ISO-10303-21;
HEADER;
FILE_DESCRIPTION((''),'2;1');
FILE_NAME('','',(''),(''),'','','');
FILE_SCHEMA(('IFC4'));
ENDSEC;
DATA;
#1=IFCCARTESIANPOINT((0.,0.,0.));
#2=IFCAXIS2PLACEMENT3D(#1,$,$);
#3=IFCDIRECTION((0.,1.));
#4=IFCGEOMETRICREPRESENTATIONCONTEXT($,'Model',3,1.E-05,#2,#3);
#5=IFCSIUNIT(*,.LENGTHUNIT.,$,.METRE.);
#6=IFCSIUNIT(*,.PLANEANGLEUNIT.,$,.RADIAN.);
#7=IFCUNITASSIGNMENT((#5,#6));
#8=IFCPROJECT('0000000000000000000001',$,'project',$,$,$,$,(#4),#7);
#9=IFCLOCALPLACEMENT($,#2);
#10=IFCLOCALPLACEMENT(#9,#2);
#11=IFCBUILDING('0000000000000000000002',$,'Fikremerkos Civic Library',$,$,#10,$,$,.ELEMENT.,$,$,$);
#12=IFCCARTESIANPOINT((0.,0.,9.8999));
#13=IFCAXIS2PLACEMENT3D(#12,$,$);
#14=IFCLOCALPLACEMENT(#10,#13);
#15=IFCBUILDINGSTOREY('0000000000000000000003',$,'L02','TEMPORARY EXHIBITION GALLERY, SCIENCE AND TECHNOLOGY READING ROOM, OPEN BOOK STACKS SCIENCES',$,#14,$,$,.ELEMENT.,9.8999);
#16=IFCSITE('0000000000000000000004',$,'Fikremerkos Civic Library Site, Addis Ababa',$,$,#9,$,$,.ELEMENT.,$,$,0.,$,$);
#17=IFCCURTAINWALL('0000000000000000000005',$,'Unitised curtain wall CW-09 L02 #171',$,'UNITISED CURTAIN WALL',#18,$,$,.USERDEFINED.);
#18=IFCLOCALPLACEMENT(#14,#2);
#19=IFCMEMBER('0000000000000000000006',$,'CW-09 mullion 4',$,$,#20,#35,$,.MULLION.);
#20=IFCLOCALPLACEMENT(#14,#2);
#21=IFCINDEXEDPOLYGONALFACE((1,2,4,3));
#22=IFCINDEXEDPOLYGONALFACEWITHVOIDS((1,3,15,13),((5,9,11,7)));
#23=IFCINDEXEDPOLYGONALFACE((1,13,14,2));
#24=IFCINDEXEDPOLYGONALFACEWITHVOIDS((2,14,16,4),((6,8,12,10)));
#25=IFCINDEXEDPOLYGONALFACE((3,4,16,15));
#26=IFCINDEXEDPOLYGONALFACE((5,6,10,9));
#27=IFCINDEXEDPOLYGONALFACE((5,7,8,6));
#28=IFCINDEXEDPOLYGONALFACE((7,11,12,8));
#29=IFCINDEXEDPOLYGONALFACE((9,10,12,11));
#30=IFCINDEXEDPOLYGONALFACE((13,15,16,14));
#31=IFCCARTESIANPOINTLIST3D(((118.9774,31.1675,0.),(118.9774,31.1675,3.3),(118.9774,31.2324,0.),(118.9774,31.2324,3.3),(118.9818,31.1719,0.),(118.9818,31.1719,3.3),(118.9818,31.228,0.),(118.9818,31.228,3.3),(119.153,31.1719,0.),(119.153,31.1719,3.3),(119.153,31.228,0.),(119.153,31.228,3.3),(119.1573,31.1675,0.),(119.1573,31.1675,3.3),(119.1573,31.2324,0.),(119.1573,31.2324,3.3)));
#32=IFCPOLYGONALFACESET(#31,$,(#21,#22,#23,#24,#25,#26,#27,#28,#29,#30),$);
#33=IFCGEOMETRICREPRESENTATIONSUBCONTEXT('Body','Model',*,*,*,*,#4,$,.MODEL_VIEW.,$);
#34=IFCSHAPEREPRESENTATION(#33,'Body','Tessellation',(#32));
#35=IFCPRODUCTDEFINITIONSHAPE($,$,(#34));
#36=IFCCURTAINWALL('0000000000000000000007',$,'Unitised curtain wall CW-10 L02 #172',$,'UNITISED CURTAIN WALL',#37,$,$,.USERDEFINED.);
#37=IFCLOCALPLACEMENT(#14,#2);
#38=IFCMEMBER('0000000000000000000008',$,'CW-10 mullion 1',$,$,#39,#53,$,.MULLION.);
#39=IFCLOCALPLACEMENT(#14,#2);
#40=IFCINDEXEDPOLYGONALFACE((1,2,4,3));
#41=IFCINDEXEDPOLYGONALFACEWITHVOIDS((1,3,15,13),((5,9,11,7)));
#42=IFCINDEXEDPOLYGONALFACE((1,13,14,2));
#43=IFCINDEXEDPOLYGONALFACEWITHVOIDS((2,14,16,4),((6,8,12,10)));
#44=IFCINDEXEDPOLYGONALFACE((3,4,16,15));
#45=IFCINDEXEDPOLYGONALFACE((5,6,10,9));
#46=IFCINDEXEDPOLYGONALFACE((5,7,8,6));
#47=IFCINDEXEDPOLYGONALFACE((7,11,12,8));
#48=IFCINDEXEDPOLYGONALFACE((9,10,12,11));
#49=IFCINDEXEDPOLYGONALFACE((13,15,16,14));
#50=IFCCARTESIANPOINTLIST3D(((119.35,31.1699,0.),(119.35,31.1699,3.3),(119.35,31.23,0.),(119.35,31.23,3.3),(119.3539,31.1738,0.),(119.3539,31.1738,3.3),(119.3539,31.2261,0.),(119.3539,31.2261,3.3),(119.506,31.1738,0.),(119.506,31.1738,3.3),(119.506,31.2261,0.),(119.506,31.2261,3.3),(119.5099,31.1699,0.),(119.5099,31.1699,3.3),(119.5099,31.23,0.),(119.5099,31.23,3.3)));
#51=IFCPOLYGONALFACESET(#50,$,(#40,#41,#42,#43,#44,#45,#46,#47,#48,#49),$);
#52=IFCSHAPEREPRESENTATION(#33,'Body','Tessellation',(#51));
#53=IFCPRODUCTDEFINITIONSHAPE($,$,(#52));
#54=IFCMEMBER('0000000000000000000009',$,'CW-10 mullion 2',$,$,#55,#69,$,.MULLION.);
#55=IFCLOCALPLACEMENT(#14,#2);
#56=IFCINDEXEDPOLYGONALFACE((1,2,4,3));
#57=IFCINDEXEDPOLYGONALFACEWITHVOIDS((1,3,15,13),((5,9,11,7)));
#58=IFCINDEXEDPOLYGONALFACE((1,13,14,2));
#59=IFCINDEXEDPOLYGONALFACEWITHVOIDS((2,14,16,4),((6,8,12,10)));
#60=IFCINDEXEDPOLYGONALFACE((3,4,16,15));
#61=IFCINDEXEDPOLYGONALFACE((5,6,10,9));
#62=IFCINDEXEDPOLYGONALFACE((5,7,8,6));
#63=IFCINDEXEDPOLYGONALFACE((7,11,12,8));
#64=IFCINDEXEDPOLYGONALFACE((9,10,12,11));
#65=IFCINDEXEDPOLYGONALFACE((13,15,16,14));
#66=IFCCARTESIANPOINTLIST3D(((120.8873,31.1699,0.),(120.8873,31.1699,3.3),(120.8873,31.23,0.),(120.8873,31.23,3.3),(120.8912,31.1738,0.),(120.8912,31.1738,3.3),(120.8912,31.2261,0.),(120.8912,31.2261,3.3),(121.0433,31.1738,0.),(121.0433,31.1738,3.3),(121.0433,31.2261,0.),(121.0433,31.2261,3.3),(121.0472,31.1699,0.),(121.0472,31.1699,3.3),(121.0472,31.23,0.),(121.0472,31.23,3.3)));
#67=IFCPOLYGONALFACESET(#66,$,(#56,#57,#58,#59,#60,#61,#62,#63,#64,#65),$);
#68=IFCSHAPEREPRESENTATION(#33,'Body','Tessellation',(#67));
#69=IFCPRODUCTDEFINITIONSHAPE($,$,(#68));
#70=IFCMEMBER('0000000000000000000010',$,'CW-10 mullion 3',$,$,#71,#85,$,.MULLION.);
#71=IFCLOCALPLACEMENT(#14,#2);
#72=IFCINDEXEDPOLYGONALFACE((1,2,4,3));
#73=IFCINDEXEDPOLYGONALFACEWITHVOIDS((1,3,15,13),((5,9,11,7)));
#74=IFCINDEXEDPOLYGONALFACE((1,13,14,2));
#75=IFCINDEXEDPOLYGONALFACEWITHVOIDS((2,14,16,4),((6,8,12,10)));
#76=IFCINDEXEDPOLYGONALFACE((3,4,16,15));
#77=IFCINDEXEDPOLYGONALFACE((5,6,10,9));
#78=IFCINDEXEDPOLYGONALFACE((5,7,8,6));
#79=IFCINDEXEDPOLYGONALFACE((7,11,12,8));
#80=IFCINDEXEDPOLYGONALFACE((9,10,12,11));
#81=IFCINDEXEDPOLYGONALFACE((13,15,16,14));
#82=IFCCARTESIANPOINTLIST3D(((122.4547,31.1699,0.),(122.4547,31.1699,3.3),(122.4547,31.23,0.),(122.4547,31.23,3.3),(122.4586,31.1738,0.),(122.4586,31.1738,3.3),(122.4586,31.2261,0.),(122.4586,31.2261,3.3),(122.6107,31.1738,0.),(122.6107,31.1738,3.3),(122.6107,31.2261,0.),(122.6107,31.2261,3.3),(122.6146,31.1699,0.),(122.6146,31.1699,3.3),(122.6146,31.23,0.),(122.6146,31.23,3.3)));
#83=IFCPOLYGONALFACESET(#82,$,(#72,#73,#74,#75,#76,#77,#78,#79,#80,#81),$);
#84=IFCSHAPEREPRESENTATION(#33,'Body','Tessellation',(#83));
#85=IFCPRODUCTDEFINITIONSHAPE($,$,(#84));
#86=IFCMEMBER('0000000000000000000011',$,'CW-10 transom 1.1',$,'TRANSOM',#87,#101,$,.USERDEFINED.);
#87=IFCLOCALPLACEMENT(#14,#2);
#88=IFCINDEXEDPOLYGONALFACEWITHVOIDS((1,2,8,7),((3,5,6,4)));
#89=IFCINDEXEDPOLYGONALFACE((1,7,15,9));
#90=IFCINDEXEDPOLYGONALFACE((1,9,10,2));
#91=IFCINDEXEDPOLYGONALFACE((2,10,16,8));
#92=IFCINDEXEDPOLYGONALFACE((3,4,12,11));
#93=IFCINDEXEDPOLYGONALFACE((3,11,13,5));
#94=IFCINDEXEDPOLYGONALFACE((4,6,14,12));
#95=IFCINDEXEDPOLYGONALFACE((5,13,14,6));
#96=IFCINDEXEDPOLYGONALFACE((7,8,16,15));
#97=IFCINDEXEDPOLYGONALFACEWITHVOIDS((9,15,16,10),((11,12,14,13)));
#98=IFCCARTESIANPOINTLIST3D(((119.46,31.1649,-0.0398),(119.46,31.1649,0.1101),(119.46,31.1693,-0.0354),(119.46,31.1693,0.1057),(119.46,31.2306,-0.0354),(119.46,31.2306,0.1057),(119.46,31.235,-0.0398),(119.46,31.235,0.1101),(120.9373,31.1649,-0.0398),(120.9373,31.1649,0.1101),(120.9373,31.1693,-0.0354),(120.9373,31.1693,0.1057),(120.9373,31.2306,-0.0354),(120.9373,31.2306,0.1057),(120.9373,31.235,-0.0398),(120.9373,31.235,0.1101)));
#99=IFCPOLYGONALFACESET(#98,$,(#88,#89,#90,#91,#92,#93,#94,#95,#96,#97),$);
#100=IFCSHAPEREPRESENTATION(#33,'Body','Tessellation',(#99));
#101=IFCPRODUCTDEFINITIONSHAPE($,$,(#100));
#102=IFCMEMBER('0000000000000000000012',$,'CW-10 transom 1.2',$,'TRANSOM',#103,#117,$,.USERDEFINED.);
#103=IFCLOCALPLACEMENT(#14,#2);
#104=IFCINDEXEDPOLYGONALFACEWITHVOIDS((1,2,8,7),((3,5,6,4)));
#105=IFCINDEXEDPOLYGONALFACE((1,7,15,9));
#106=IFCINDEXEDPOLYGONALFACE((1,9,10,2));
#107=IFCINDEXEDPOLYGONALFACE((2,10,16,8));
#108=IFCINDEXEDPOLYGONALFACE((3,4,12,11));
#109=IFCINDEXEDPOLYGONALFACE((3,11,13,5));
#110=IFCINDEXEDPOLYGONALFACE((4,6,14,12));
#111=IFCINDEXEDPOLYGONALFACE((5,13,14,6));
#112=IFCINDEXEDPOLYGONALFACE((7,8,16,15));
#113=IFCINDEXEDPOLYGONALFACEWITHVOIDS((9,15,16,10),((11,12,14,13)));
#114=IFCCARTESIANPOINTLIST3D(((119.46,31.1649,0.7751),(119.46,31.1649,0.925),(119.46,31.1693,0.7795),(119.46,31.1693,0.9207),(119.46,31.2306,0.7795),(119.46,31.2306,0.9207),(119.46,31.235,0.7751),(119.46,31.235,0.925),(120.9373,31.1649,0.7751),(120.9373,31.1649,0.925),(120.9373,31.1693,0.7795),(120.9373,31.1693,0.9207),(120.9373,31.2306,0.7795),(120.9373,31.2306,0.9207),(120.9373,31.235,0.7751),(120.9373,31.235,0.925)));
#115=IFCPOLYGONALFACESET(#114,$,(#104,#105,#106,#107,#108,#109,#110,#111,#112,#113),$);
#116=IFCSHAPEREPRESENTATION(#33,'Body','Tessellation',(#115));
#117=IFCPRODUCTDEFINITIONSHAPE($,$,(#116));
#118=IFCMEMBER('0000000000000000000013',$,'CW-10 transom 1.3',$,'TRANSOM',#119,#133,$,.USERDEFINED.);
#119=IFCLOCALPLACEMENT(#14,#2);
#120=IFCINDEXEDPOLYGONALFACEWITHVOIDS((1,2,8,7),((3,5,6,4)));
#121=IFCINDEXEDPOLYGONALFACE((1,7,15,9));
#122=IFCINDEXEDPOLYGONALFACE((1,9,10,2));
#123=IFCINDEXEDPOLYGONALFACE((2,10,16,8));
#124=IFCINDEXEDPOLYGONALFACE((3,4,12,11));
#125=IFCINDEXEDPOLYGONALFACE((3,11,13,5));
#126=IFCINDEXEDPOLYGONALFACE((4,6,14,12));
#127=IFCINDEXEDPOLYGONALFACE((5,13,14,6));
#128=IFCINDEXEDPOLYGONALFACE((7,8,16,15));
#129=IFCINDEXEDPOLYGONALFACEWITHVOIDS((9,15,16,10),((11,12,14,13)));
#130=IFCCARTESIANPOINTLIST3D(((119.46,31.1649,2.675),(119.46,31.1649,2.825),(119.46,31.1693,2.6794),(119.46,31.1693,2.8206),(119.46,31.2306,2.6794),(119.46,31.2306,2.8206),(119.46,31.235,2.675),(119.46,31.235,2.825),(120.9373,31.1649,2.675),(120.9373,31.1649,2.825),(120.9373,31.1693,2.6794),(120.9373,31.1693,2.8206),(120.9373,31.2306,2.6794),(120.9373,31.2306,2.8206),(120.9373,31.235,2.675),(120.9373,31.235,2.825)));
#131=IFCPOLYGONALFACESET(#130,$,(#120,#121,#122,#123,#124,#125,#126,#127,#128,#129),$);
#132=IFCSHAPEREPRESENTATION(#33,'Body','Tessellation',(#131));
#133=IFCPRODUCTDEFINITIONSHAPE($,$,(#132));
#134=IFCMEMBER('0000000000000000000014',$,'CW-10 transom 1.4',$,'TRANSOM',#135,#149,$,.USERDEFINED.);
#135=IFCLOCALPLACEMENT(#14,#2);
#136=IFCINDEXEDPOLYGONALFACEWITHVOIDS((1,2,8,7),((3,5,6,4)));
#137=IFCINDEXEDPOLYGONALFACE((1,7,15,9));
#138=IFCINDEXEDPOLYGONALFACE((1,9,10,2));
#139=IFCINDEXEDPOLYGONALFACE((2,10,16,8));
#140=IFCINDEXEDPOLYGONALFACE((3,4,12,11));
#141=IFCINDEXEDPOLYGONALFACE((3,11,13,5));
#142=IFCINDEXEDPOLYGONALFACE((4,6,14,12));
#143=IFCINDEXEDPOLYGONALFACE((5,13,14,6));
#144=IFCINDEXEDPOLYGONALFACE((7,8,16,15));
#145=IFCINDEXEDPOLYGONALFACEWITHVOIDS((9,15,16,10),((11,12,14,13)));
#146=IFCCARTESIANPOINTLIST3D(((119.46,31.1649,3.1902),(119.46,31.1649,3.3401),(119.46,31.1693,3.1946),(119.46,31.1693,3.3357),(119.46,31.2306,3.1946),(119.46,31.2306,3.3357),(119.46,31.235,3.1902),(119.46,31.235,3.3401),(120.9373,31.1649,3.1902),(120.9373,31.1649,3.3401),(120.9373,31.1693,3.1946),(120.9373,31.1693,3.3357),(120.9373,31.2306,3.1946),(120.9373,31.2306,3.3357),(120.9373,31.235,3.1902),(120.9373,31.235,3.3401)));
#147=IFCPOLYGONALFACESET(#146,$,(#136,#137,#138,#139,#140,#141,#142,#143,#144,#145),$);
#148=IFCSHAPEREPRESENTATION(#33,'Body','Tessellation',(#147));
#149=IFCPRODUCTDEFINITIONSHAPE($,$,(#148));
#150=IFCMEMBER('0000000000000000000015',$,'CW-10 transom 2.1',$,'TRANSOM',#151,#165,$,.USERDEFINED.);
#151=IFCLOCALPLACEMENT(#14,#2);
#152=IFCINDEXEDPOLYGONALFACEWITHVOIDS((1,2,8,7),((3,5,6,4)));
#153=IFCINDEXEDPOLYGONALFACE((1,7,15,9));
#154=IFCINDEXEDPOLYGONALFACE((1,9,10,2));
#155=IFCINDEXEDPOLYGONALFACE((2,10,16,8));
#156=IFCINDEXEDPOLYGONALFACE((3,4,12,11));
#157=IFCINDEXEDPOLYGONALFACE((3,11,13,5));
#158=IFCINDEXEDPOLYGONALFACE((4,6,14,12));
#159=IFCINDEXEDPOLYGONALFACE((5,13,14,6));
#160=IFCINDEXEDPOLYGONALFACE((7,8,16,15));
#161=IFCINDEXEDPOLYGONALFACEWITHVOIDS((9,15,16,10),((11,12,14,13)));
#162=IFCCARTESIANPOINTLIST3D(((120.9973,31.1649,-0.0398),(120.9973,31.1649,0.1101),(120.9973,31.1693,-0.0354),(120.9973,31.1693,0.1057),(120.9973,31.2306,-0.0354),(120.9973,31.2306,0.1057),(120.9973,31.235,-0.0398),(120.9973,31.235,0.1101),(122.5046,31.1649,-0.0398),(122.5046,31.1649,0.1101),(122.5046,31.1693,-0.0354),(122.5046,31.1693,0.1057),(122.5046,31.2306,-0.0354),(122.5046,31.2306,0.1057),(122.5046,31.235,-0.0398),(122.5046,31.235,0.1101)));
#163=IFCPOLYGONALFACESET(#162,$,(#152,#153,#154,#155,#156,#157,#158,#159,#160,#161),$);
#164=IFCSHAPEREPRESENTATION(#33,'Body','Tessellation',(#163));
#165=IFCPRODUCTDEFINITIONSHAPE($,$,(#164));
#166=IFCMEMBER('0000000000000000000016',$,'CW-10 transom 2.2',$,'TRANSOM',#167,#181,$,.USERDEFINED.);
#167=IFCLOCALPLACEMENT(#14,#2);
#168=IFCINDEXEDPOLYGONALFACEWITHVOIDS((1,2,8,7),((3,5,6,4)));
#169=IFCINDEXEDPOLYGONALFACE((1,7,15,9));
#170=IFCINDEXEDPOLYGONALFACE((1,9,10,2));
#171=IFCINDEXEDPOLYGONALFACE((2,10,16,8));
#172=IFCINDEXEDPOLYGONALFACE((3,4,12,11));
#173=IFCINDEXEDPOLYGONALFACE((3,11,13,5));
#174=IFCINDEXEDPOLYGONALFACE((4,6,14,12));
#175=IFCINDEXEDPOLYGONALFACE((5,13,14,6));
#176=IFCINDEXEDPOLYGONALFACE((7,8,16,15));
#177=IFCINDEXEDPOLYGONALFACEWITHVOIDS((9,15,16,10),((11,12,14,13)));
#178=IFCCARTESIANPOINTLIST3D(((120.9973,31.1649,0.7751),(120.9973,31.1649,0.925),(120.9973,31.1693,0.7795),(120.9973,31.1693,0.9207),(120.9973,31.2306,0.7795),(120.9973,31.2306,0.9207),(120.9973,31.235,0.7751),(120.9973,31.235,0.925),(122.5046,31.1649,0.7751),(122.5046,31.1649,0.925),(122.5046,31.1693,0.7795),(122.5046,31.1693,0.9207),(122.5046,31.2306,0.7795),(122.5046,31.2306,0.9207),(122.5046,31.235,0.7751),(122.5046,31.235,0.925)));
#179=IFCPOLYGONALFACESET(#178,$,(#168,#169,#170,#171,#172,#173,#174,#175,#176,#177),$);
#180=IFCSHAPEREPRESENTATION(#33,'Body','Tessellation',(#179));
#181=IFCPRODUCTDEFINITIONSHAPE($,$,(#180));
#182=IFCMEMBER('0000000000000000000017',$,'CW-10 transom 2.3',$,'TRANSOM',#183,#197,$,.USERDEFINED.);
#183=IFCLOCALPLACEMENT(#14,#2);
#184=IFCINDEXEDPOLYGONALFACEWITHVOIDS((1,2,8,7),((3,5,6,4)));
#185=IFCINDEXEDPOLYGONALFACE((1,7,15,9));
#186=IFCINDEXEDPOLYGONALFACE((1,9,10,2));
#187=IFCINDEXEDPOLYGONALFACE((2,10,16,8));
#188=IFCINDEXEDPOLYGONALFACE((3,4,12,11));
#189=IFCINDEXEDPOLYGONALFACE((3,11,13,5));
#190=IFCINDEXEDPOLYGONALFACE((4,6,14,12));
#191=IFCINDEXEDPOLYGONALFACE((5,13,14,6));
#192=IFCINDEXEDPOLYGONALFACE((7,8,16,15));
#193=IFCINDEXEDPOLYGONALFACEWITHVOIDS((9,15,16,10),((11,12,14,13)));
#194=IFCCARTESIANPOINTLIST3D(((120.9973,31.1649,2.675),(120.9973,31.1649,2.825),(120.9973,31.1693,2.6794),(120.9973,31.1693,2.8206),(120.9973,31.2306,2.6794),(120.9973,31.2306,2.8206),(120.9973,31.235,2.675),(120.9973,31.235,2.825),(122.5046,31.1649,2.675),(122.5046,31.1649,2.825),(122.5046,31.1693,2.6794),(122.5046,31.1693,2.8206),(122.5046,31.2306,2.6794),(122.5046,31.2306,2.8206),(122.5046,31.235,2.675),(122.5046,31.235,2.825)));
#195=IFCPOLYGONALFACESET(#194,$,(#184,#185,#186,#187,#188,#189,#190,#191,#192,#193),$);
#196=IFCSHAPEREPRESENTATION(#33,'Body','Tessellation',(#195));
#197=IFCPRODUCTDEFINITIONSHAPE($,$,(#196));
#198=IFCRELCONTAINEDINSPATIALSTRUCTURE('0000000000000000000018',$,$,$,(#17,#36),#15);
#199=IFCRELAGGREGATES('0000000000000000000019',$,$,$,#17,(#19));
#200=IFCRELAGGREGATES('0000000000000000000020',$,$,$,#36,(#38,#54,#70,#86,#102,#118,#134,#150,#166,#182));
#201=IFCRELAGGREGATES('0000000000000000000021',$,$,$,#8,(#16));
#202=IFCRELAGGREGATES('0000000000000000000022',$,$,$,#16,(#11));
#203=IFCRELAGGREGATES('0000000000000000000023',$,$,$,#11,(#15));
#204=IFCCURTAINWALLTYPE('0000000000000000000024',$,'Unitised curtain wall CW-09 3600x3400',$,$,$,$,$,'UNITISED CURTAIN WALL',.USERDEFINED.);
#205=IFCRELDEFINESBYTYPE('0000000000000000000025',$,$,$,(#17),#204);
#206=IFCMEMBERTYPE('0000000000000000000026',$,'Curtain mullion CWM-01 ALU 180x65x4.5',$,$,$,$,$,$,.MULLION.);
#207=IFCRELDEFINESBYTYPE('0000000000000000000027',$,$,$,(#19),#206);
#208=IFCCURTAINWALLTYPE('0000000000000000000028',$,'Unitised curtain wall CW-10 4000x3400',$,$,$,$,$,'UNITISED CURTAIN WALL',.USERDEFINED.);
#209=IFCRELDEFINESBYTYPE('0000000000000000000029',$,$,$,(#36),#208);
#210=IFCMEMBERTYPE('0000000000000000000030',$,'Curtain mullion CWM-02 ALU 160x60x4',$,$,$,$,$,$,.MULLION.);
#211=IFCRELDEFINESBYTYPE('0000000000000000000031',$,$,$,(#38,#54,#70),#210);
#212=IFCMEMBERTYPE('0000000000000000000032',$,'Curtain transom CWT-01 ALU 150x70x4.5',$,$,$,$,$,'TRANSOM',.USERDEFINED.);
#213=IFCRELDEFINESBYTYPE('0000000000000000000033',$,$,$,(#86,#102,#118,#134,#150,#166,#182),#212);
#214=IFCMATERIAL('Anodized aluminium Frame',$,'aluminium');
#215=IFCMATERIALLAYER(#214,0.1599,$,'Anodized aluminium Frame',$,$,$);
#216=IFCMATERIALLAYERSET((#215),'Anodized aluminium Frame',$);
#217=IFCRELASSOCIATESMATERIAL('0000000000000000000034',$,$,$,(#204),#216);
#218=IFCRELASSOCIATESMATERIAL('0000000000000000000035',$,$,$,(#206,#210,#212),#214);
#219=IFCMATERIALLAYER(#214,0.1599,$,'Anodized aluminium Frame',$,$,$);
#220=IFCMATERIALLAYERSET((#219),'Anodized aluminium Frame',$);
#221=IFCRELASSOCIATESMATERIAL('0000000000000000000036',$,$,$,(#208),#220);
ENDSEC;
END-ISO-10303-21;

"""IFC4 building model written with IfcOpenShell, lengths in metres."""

from ifc_helpers import new_model, si_unit, direction, frame, origin, origin_2d, place, context, subcontext, project, spatial, hollow_rectangle, extrude, material, layer, layer_set, material_profile, profile_set, type_object, element, aggregate, save


model = new_model("IFC4")

# Units and contexts
model_context = context("Model", 3, precision=1e-05, world=origin(), true_north=direction((0.0, 1.0)))
body_context = subcontext(model_context, "Body", "Model", "MODEL_VIEW")
ifc_project = project(units=[si_unit("LENGTHUNIT", "METRE"), si_unit("PLANEANGLEUNIT", "RADIAN")], contexts=[model_context])

# Site, building, storey
site_placement = place(None, origin())
site = spatial("IfcSite", under=ifc_project, at=site_placement, Name="Fikremerkos Civic Library Site, Addis Ababa", CompositionType="ELEMENT", RefElevation=0.0)
building_placement = place(site_placement, origin())
building = spatial("IfcBuilding", under=site, at=building_placement, Name="Fikremerkos Civic Library", CompositionType="ELEMENT")
storey_placement = place(building_placement, frame((0.0, 0.0, 9.8999)))
storey = spatial("IfcBuildingStorey", under=building, at=storey_placement, Name="L02", Description="TEMPORARY EXHIBITION GALLERY, SCIENCE AND TECHNOLOGY READING ROOM, OPEN BOOK STACKS SCIENCES", CompositionType="ELEMENT", Elevation=9.8999)

# Curtain wall, member
ifc_material_1 = material(Name="Anodized aluminium Frame", Category="aluminium")
ifc_layer_1 = layer(ifc_material_1, 0.1599, Name="Anodized aluminium Frame")
ifc_layer_set_1 = layer_set([ifc_layer_1], Name="Anodized aluminium Frame")
curtain_wall_type_1 = type_object("IfcCurtainWallType", Name="Unitised curtain wall CW-09 3600x3400", ElementType="UNITISED CURTAIN WALL", PredefinedType="USERDEFINED", material=ifc_layer_set_1)
curtain_wall_1_placement = place(storey_placement, origin())
curtain_wall_1 = element("IfcCurtainWall", 1, at=curtain_wall_1_placement, inside=storey, type_object=curtain_wall_type_1, Name="Unitised curtain wall CW-09 L02 #171", ObjectType="UNITISED CURTAIN WALL", PredefinedType="USERDEFINED")
ifc_material_profile_1 = material_profile(ifc_material_1, hollow_rectangle(XDim=0.0649, YDim=0.1799, WallThickness=0.0044, at=origin_2d()), Name="ALU 180x65x4.5")
ifc_profile_set_1 = profile_set([ifc_material_profile_1], Name="Anodized aluminium Frame")
member_type_1 = type_object("IfcMemberType", Name="Curtain mullion CWM-01 ALU 180x65x4.5", PredefinedType="MULLION", material=ifc_profile_set_1)
member_1_placement = place(storey_placement, frame((119.0674, 31.2, 0.0), z_axis=(0.0, 0.0, 1.0), x_axis=(0.0, 1.0, 0.0)))
member_1 = element("IfcMember", 2, at=member_1_placement, type_object=member_type_1, Name="CW-09 mullion 4", PredefinedType="MULLION", context=body_context, shape_type="SweptSolid", body=[
    extrude(hollow_rectangle(XDim=0.0649, YDim=0.1799, WallThickness=0.0044, at=origin_2d()), origin(), (0.0, 0.0, 1.0), 3.3),
])

# Curtain wall, members
ifc_layer_2 = layer(ifc_material_1, 0.1599, Name="Anodized aluminium Frame")
ifc_layer_set_2 = layer_set([ifc_layer_2], Name="Anodized aluminium Frame")
curtain_wall_type_2 = type_object("IfcCurtainWallType", Name="Unitised curtain wall CW-10 4000x3400", ElementType="UNITISED CURTAIN WALL", PredefinedType="USERDEFINED", material=ifc_layer_set_2)
curtain_wall_2_placement = place(storey_placement, origin())
curtain_wall_2 = element("IfcCurtainWall", 3, at=curtain_wall_2_placement, inside=storey, type_object=curtain_wall_type_2, Name="Unitised curtain wall CW-10 L02 #172", ObjectType="UNITISED CURTAIN WALL", PredefinedType="USERDEFINED")
ifc_material_profile_2 = material_profile(ifc_material_1, hollow_rectangle(XDim=0.0601, YDim=0.1599, WallThickness=0.0039, at=origin_2d()), Name="ALU 160x60x4")
ifc_profile_set_2 = profile_set([ifc_material_profile_2], Name="Anodized aluminium Frame")
member_type_2 = type_object("IfcMemberType", Name="Curtain mullion CWM-02 ALU 160x60x4", PredefinedType="MULLION", material=ifc_profile_set_2)
member_2_placement = place(storey_placement, frame((119.4299, 31.2, 0.0), z_axis=(0.0, 0.0, 1.0), x_axis=(0.0, 1.0, 0.0)))
member_2 = element("IfcMember", 4, at=member_2_placement, type_object=member_type_2, Name="CW-10 mullion 1", PredefinedType="MULLION", context=body_context, shape_type="SweptSolid", body=[
    extrude(hollow_rectangle(XDim=0.0601, YDim=0.1599, WallThickness=0.0039, at=origin_2d()), origin(), (0.0, 0.0, 1.0), 3.3),
])
member_3_placement = place(storey_placement, frame((120.9673, 31.2, 0.0), z_axis=(0.0, 0.0, 1.0), x_axis=(0.0, 1.0, 0.0)))
member_3 = element("IfcMember", 5, at=member_3_placement, type_object=member_type_2, Name="CW-10 mullion 2", PredefinedType="MULLION", context=body_context, shape_type="SweptSolid", body=[
    extrude(hollow_rectangle(XDim=0.0601, YDim=0.1599, WallThickness=0.0039, at=origin_2d()), origin(), (0.0, 0.0, 1.0), 3.3),
])
member_4_placement = place(storey_placement, frame((122.5347, 31.2, 0.0), z_axis=(0.0, 0.0, 1.0), x_axis=(0.0, 1.0, 0.0)))
member_4 = element("IfcMember", 6, at=member_4_placement, type_object=member_type_2, Name="CW-10 mullion 3", PredefinedType="MULLION", context=body_context, shape_type="SweptSolid", body=[
    extrude(hollow_rectangle(XDim=0.0601, YDim=0.1599, WallThickness=0.0039, at=origin_2d()), origin(), (0.0, 0.0, 1.0), 3.3),
])
ifc_material_profile_3 = material_profile(ifc_material_1, hollow_rectangle(XDim=0.0701, YDim=0.1499, WallThickness=0.0044, at=origin_2d()), Name="ALU 150x70x4.5")
ifc_profile_set_3 = profile_set([ifc_material_profile_3], Name="Anodized aluminium Frame")
member_type_3 = type_object("IfcMemberType", Name="Curtain transom CWT-01 ALU 150x70x4.5", ElementType="TRANSOM", PredefinedType="USERDEFINED", material=ifc_profile_set_3)
member_5_placement = place(storey_placement, frame((119.46, 31.2, 0.0352), z_axis=(1.0, 0.0, 0.0), x_axis=(0.0, 1.0, 0.0)))
member_5 = element("IfcMember", 7, at=member_5_placement, type_object=member_type_3, Name="CW-10 transom 1.1", ObjectType="TRANSOM", PredefinedType="USERDEFINED", context=body_context, shape_type="SweptSolid", body=[
    extrude(hollow_rectangle(XDim=0.0701, YDim=0.1499, WallThickness=0.0044, at=origin_2d()), origin(), (0.0, 0.0, 1.0), 1.4773),
])
member_6_placement = place(storey_placement, frame((119.46, 31.2, 0.8501), z_axis=(1.0, 0.0, 0.0), x_axis=(0.0, 1.0, 0.0)))
member_6 = element("IfcMember", 8, at=member_6_placement, type_object=member_type_3, Name="CW-10 transom 1.2", ObjectType="TRANSOM", PredefinedType="USERDEFINED", context=body_context, shape_type="SweptSolid", body=[
    extrude(hollow_rectangle(XDim=0.0701, YDim=0.1499, WallThickness=0.0044, at=origin_2d()), origin(), (0.0, 0.0, 1.0), 1.4773),
])
member_7_placement = place(storey_placement, frame((119.46, 31.2, 2.75), z_axis=(1.0, 0.0, 0.0), x_axis=(0.0, 1.0, 0.0)))
member_7 = element("IfcMember", 9, at=member_7_placement, type_object=member_type_3, Name="CW-10 transom 1.3", ObjectType="TRANSOM", PredefinedType="USERDEFINED", context=body_context, shape_type="SweptSolid", body=[
    extrude(hollow_rectangle(XDim=0.0701, YDim=0.1499, WallThickness=0.0044, at=origin_2d()), origin(), (0.0, 0.0, 1.0), 1.4773),
])
member_8_placement = place(storey_placement, frame((119.46, 31.2, 3.2651), z_axis=(1.0, 0.0, 0.0), x_axis=(0.0, 1.0, 0.0)))
member_8 = element("IfcMember", 10, at=member_8_placement, type_object=member_type_3, Name="CW-10 transom 1.4", ObjectType="TRANSOM", PredefinedType="USERDEFINED", context=body_context, shape_type="SweptSolid", body=[
    extrude(hollow_rectangle(XDim=0.0701, YDim=0.1499, WallThickness=0.0044, at=origin_2d()), origin(), (0.0, 0.0, 1.0), 1.4773),
])
member_9_placement = place(storey_placement, frame((120.9973, 31.2, 0.0352), z_axis=(1.0, 0.0, 0.0), x_axis=(0.0, 1.0, 0.0)))
member_9 = element("IfcMember", 11, at=member_9_placement, type_object=member_type_3, Name="CW-10 transom 2.1", ObjectType="TRANSOM", PredefinedType="USERDEFINED", context=body_context, shape_type="SweptSolid", body=[
    extrude(hollow_rectangle(XDim=0.0701, YDim=0.1499, WallThickness=0.0044, at=origin_2d()), origin(), (0.0, 0.0, 1.0), 1.5073),
])
member_10_placement = place(storey_placement, frame((120.9973, 31.2, 0.8501), z_axis=(1.0, 0.0, 0.0), x_axis=(0.0, 1.0, 0.0)))
member_10 = element("IfcMember", 12, at=member_10_placement, type_object=member_type_3, Name="CW-10 transom 2.2", ObjectType="TRANSOM", PredefinedType="USERDEFINED", context=body_context, shape_type="SweptSolid", body=[
    extrude(hollow_rectangle(XDim=0.0701, YDim=0.1499, WallThickness=0.0044, at=origin_2d()), origin(), (0.0, 0.0, 1.0), 1.5073),
])
member_11_placement = place(storey_placement, frame((120.9973, 31.2, 2.75), z_axis=(1.0, 0.0, 0.0), x_axis=(0.0, 1.0, 0.0)))
member_11 = element("IfcMember", 13, at=member_11_placement, type_object=member_type_3, Name="CW-10 transom 2.3", ObjectType="TRANSOM", PredefinedType="USERDEFINED", context=body_context, shape_type="SweptSolid", body=[
    extrude(hollow_rectangle(XDim=0.0701, YDim=0.1499, WallThickness=0.0044, at=origin_2d()), origin(), (0.0, 0.0, 1.0), 1.5073),
])

aggregate(curtain_wall_1, [member_1])
aggregate(curtain_wall_2, [member_2, member_3, member_4, member_5, member_6, member_7, member_8, member_9, member_10, member_11])

save(model, "model.ifc")
